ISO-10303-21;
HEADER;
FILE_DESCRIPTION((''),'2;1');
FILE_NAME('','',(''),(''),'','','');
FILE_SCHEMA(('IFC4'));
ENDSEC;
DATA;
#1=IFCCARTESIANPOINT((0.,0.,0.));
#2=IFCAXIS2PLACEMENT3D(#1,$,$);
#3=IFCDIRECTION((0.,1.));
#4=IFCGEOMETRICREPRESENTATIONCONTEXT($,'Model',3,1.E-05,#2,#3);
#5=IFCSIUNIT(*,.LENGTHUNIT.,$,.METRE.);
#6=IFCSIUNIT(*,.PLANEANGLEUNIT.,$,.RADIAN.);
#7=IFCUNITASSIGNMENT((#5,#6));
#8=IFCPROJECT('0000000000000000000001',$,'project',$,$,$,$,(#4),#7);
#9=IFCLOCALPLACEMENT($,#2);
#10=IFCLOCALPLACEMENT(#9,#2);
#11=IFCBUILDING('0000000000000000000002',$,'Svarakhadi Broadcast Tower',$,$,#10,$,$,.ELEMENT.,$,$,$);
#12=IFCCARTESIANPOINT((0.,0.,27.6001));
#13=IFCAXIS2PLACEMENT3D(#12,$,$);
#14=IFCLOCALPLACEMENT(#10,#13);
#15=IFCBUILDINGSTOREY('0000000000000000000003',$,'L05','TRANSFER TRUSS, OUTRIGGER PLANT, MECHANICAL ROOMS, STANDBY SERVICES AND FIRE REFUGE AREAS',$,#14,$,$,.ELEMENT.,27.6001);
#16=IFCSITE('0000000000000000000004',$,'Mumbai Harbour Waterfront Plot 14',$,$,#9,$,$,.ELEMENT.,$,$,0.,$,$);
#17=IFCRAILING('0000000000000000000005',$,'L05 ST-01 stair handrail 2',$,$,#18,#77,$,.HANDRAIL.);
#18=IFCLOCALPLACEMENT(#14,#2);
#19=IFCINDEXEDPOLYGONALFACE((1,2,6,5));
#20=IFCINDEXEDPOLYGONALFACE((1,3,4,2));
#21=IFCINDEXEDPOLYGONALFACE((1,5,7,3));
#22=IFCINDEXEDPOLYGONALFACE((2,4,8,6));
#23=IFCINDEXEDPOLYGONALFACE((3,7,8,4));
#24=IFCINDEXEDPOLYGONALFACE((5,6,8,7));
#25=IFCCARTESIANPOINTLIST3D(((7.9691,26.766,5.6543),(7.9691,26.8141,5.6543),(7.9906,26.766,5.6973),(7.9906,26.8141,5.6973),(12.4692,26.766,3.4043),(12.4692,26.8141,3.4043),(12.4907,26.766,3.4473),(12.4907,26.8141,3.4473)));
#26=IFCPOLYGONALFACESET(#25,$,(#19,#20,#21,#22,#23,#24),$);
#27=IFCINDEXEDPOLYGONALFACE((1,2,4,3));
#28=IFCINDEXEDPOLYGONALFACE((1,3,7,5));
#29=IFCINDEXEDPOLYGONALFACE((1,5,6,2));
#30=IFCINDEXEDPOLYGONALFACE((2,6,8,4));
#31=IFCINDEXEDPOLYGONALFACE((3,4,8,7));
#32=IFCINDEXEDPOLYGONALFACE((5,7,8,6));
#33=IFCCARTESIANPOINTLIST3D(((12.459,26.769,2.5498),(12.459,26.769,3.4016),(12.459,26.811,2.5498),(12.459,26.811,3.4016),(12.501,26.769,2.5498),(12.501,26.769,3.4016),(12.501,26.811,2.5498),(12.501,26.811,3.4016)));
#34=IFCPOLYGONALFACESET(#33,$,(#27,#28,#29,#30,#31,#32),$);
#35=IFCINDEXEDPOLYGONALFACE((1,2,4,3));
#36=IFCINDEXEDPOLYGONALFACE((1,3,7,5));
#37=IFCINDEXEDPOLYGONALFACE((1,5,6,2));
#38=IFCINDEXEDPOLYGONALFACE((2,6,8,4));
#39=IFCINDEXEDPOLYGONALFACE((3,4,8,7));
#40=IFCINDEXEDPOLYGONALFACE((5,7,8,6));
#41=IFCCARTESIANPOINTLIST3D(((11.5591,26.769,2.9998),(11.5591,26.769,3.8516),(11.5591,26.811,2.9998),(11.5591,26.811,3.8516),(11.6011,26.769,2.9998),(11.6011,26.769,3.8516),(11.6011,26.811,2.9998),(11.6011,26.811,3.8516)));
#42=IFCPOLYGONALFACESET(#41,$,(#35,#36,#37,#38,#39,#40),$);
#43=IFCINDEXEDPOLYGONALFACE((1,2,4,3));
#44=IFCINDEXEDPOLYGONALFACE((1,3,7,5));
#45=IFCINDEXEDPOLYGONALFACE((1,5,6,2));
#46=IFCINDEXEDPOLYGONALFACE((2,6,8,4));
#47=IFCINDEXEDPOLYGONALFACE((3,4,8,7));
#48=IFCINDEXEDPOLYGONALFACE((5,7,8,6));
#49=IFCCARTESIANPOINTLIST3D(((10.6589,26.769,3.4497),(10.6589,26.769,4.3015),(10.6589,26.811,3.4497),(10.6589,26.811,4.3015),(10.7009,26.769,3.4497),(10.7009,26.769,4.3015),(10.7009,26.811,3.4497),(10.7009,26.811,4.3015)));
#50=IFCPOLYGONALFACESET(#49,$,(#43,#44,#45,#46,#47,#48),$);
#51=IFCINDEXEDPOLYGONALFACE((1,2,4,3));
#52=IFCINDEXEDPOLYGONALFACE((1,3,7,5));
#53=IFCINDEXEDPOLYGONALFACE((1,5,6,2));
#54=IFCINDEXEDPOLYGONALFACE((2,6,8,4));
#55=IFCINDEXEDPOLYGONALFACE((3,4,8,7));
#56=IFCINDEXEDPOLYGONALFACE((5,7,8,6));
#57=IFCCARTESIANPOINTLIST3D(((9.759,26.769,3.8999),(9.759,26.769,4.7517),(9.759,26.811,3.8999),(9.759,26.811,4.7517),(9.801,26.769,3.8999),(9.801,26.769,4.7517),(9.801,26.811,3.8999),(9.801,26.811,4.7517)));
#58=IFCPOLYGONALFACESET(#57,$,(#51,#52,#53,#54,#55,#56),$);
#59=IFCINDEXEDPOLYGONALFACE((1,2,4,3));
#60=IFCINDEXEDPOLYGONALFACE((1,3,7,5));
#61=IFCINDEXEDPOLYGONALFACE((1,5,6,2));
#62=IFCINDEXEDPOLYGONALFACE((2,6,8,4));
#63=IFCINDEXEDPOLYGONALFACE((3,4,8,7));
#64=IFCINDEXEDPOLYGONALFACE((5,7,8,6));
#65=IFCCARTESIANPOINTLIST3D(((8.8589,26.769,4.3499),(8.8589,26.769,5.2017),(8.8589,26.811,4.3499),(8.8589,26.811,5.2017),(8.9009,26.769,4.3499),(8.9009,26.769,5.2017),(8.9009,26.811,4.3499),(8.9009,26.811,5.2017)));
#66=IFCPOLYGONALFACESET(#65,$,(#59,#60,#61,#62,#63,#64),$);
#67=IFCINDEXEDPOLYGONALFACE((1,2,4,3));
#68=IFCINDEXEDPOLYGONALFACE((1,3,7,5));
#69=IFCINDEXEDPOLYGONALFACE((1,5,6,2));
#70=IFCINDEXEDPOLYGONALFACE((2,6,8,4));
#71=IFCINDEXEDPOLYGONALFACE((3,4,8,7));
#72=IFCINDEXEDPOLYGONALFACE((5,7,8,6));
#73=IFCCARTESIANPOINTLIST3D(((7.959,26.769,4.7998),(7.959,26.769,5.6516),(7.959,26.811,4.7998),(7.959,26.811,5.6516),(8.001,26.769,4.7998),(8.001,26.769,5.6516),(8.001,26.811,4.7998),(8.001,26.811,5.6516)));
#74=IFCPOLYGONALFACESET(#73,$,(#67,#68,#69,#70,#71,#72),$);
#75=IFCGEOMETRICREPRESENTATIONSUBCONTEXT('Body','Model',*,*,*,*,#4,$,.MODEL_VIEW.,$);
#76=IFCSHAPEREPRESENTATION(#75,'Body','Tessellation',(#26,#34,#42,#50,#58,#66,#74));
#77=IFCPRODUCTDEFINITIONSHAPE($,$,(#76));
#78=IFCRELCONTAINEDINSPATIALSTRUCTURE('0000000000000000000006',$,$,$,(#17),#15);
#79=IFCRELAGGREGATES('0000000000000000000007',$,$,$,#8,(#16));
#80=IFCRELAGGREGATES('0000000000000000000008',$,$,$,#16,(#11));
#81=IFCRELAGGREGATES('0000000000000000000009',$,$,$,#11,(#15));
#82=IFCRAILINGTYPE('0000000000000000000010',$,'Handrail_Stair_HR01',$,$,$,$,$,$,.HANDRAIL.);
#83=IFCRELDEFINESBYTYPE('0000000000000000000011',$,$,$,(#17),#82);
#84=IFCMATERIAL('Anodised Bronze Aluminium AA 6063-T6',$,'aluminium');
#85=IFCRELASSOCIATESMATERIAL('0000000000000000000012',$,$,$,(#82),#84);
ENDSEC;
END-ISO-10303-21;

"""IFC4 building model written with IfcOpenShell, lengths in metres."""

from ifc_helpers import new_model, si_unit, direction, frame, origin, origin_2d, place, context, subcontext, project, spatial, rectangle, extrude, material, type_object, element, save


model = new_model("IFC4")

# Units and contexts
model_context = context("Model", 3, precision=1e-05, world=origin(), true_north=direction((0.0, 1.0)))
body_context = subcontext(model_context, "Body", "Model", "MODEL_VIEW")
ifc_project = project(units=[si_unit("LENGTHUNIT", "METRE"), si_unit("PLANEANGLEUNIT", "RADIAN")], contexts=[model_context])

# Site, building, storey
site_placement = place(None, origin())
site = spatial("IfcSite", under=ifc_project, at=site_placement, Name="Mumbai Harbour Waterfront Plot 14", CompositionType="ELEMENT", RefElevation=0.0)
building_placement = place(site_placement, origin())
building = spatial("IfcBuilding", under=site, at=building_placement, Name="Svarakhadi Broadcast Tower", CompositionType="ELEMENT")
storey_placement = place(building_placement, frame((0.0, 0.0, 27.6001)))
storey = spatial("IfcBuildingStorey", under=building, at=storey_placement, Name="L05", Description="TRANSFER TRUSS, OUTRIGGER PLANT, MECHANICAL ROOMS, STANDBY SERVICES AND FIRE REFUGE AREAS", CompositionType="ELEMENT", Elevation=27.6001)

# Railing
ifc_material_1 = material(Name="Anodised Bronze Aluminium AA 6063-T6", Category="aluminium")
railing_type_1 = type_object("IfcRailingType", Name="Handrail_Stair_HR01", PredefinedType="HANDRAIL", material=ifc_material_1)
railing_1_placement = place(storey_placement, frame((12.48, 26.79, 2.5498)))
element("IfcRailing", 1, at=railing_1_placement, inside=storey, type_object=railing_type_1, Name="L05 ST-01 stair handrail 2", PredefinedType="HANDRAIL", context=body_context, shape_type="SweptSolid", body=[
    extrude(rectangle(XDim=0.0481, YDim=0.0481, at=origin_2d()), frame((0.0, 0.0, 0.876), z_axis=(-0.894427, 0.0, 0.447214), x_axis=(0.0, -1.0, 0.0)), (0.0, 0.0, 1.0), 5.0312),
    extrude(rectangle(XDim=0.042, YDim=0.042, at=origin_2d()), origin(), (0.0, 0.0, 1.0), 0.8518),
    extrude(rectangle(XDim=0.042, YDim=0.042, at=origin_2d()), frame((-0.8999, 0.0, 0.45)), (0.0, 0.0, 1.0), 0.8518),
    extrude(rectangle(XDim=0.042, YDim=0.042, at=origin_2d()), frame((-1.8, 0.0, 0.8999)), (0.0, 0.0, 1.0), 0.8518),
    extrude(rectangle(XDim=0.042, YDim=0.042, at=origin_2d()), frame((-2.7, 0.0, 1.3501)), (0.0, 0.0, 1.0), 0.8518),
    extrude(rectangle(XDim=0.042, YDim=0.042, at=origin_2d()), frame((-3.6001, 0.0, 1.8)), (0.0, 0.0, 1.0), 0.8518),
    extrude(rectangle(XDim=0.042, YDim=0.042, at=origin_2d()), frame((-4.5, 0.0, 2.25)), (0.0, 0.0, 1.0), 0.8518),
])

save(model, "model.ifc")
